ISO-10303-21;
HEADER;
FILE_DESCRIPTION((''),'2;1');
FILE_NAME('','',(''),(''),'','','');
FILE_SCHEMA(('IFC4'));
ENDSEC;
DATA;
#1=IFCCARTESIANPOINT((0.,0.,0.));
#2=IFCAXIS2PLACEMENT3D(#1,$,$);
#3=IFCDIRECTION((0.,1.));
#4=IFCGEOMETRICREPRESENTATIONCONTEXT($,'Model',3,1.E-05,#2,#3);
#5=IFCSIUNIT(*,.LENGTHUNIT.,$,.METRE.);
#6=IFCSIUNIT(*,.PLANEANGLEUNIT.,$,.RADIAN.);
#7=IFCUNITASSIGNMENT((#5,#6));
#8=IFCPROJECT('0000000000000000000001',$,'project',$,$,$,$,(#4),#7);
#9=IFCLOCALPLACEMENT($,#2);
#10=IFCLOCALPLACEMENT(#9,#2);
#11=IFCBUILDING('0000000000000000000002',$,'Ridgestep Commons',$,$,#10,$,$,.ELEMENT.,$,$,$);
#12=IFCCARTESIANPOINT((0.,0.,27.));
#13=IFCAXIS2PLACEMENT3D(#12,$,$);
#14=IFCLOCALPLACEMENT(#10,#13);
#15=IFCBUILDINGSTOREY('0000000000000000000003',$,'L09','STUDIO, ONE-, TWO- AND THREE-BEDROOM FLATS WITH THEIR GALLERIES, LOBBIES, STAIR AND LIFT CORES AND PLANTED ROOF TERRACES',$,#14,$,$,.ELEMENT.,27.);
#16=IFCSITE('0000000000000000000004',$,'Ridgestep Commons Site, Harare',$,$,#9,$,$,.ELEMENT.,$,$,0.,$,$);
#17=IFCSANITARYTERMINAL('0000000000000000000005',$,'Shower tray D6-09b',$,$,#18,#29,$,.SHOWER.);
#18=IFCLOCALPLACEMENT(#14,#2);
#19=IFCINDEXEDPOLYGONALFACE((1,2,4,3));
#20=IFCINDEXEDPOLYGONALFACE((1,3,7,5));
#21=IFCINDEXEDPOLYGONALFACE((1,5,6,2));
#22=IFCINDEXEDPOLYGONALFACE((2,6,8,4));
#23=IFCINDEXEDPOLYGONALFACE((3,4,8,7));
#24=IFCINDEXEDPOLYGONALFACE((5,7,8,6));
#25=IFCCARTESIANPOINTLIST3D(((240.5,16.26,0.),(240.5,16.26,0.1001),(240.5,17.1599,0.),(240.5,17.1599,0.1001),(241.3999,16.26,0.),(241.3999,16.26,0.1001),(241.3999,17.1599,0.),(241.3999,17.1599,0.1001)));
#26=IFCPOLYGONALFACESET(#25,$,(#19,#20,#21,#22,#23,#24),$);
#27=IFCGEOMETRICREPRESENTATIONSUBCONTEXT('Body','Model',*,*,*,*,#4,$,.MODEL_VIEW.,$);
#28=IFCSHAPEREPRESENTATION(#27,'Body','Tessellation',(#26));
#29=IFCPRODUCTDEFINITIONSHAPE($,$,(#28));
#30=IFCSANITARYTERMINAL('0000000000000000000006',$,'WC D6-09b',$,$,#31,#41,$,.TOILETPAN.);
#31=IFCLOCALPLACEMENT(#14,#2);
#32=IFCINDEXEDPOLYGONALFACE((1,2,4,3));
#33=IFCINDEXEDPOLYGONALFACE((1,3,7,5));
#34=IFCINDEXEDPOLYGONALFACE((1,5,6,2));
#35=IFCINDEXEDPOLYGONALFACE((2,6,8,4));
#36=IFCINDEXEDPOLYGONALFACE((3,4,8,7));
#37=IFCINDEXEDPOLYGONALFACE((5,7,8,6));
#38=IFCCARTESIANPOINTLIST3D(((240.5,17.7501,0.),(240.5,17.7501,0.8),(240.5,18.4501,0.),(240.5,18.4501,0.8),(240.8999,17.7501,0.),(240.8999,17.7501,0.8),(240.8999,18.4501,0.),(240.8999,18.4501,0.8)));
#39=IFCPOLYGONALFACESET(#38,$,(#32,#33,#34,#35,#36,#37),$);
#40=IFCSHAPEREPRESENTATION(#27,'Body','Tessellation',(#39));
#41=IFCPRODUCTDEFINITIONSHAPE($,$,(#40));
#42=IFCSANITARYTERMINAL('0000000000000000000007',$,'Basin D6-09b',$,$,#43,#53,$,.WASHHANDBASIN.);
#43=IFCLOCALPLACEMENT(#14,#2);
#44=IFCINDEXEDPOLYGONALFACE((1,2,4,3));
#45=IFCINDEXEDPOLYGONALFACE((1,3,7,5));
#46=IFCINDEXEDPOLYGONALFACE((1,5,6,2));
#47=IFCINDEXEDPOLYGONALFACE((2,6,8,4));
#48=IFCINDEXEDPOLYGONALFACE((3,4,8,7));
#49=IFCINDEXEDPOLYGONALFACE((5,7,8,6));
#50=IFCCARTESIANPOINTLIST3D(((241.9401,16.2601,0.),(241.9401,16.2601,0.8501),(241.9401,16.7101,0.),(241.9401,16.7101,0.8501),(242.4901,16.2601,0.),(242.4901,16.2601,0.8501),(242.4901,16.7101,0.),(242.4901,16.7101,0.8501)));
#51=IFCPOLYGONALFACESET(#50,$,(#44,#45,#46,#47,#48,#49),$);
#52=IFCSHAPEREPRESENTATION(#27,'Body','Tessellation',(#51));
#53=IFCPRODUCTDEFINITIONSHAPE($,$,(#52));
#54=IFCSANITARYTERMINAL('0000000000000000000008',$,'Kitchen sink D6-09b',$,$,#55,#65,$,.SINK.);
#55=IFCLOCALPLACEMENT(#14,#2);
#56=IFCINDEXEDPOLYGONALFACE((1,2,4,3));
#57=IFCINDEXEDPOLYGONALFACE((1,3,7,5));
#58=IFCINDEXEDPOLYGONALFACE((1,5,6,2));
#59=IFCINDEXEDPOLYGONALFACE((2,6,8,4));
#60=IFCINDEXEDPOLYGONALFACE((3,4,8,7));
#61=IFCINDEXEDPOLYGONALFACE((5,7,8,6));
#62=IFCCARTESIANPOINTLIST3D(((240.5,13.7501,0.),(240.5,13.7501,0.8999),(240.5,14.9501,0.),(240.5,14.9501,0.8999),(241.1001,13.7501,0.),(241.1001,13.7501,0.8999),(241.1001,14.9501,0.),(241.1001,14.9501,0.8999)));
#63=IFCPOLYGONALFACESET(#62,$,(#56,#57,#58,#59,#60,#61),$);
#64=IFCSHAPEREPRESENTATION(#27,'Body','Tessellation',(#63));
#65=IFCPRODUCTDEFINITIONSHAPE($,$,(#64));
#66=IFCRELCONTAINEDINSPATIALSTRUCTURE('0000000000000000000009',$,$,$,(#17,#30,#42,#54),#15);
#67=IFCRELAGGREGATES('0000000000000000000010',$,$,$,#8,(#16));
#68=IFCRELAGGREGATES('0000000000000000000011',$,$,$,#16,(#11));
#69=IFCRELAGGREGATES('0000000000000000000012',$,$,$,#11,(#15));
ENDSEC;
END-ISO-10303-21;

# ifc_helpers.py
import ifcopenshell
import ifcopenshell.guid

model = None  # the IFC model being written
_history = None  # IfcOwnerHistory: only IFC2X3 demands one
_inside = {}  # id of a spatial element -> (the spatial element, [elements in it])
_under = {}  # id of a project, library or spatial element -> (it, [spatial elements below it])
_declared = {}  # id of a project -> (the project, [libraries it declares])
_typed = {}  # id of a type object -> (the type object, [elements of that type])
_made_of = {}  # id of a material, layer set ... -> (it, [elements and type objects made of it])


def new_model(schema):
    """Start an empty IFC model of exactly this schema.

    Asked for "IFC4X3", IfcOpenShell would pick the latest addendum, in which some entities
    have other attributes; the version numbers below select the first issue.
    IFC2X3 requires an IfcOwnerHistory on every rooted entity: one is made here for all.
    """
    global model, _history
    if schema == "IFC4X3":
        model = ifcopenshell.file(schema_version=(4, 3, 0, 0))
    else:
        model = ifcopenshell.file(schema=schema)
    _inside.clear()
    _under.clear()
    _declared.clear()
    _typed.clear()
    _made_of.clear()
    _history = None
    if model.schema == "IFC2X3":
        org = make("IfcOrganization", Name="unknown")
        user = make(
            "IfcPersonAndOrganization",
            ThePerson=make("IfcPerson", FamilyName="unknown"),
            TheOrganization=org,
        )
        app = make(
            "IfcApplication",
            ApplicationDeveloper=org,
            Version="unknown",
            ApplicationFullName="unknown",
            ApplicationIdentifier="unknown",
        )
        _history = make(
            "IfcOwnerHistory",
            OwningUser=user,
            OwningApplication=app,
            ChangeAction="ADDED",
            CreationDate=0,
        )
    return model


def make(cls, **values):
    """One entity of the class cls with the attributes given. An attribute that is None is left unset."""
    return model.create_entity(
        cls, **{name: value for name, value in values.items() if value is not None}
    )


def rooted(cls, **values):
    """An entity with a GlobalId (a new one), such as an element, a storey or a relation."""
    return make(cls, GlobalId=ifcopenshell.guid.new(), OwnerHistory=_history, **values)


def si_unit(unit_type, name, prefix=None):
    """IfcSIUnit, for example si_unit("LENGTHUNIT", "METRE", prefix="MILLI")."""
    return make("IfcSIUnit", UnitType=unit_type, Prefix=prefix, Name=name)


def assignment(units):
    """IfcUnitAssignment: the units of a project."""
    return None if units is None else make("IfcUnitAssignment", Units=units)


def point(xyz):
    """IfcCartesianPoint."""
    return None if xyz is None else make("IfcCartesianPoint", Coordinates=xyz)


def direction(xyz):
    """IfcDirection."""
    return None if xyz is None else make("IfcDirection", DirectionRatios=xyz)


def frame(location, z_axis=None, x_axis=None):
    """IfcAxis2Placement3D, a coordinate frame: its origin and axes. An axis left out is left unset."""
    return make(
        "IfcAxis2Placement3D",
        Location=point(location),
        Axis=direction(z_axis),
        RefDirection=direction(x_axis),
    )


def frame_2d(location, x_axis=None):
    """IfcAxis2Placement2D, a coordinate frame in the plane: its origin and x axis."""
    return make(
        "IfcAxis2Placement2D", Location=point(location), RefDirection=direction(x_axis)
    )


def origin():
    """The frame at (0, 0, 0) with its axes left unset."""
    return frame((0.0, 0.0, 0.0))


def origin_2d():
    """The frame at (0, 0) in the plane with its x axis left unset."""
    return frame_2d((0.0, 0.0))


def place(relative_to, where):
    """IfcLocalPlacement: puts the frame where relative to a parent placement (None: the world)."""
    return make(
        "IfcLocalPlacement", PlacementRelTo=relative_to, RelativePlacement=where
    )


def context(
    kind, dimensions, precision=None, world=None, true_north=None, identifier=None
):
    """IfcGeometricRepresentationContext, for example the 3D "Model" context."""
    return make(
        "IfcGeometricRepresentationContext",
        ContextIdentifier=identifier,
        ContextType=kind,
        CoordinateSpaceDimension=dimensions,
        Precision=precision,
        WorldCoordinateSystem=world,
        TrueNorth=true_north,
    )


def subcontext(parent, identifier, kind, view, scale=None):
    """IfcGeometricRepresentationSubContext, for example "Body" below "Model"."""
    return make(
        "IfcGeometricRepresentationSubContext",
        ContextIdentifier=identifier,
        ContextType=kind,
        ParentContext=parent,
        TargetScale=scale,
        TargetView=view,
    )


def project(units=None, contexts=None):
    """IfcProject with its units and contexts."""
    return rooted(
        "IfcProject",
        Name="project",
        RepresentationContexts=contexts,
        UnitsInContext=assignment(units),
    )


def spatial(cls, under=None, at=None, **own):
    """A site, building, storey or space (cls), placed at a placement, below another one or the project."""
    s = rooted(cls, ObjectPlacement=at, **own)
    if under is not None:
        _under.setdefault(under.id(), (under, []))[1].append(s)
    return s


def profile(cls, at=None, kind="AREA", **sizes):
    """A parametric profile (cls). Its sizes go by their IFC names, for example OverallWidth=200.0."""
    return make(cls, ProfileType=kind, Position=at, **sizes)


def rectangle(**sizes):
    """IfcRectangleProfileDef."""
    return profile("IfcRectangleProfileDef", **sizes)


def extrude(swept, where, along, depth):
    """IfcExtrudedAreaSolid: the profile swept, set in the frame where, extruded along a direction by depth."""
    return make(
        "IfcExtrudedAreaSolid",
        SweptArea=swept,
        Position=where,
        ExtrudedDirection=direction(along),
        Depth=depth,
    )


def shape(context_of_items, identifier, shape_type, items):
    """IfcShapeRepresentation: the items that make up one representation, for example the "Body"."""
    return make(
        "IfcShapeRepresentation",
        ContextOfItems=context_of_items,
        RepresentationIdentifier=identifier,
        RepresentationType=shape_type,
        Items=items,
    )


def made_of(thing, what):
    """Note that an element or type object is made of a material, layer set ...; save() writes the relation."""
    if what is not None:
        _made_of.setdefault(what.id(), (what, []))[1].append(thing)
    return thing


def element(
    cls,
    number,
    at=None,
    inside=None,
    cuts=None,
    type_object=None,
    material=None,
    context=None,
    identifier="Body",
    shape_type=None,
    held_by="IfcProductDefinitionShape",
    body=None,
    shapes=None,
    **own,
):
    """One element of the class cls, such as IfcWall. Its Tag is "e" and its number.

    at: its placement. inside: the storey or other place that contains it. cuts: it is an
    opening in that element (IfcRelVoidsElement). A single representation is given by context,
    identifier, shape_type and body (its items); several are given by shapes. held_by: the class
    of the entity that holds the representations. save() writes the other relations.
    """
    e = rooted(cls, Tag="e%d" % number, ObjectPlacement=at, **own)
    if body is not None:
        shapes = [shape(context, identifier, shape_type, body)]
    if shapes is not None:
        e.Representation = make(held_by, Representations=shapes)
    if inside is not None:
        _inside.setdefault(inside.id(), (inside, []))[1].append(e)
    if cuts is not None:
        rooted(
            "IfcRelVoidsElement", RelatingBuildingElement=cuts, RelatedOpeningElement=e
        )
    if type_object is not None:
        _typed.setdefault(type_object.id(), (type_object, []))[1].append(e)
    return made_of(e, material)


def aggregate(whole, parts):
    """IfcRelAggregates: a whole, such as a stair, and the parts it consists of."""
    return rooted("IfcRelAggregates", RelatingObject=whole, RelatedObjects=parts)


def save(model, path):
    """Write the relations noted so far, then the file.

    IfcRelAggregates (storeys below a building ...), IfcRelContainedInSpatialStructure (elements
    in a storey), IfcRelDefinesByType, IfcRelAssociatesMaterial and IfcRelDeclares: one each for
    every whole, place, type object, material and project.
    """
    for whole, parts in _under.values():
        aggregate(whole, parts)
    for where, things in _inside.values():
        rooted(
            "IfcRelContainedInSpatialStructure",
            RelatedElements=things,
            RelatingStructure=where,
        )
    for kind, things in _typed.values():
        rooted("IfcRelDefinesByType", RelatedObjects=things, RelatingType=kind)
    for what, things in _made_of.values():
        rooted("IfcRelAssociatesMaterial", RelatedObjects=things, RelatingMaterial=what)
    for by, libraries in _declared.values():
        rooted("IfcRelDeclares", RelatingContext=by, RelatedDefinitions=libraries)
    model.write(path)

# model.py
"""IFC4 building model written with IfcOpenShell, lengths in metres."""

from ifc_helpers import new_model, si_unit, direction, frame, origin, origin_2d, place, context, subcontext, project, spatial, rectangle, extrude, element, save


model = new_model("IFC4")

# Units and contexts
model_context = context("Model", 3, precision=1e-05, world=origin(), true_north=direction((0.0, 1.0)))
body_context = subcontext(model_context, "Body", "Model", "MODEL_VIEW")
ifc_project = project(units=[si_unit("LENGTHUNIT", "METRE"), si_unit("PLANEANGLEUNIT", "RADIAN")], contexts=[model_context])

# Site, building, storey
site_placement = place(None, origin())
site = spatial("IfcSite", under=ifc_project, at=site_placement, Name="Ridgestep Commons Site, Harare", CompositionType="ELEMENT", RefElevation=0.0)
building_placement = place(site_placement, origin())
building = spatial("IfcBuilding", under=site, at=building_placement, Name="Ridgestep Commons", CompositionType="ELEMENT")
storey_placement = place(building_placement, frame((0.0, 0.0, 27.0)))
storey = spatial("IfcBuildingStorey", under=building, at=storey_placement, Name="L09", Description="STUDIO, ONE-, TWO- AND THREE-BEDROOM FLATS WITH THEIR GALLERIES, LOBBIES, STAIR AND LIFT CORES AND PLANTED ROOF TERRACES", CompositionType="ELEMENT", Elevation=27.0)

# Sanitary terminals
sanitary_terminal_1_placement = place(storey_placement, frame((240.95, 16.71, 0.0), z_axis=(0.0, 0.0, 1.0), x_axis=(1.0, 0.0, 0.0)))
element("IfcSanitaryTerminal", 1, at=sanitary_terminal_1_placement, inside=storey, Name="Shower tray D6-09b", PredefinedType="SHOWER", context=body_context, shape_type="SweptSolid", body=[
    extrude(rectangle(XDim=0.8999, YDim=0.8999, at=origin_2d()), origin(), (0.0, 0.0, 1.0), 0.1001),
])
sanitary_terminal_2_placement = place(storey_placement, frame((240.7, 18.1001, 0.0), z_axis=(0.0, 0.0, 1.0), x_axis=(1.0, 0.0, 0.0)))
element("IfcSanitaryTerminal", 2, at=sanitary_terminal_2_placement, inside=storey, Name="WC D6-09b", PredefinedType="TOILETPAN", context=body_context, shape_type="SweptSolid", body=[
    extrude(rectangle(XDim=0.3999, YDim=0.7, at=origin_2d()), origin(), (0.0, 0.0, 1.0), 0.8),
])
sanitary_terminal_3_placement = place(storey_placement, frame((242.2151, 16.4851, 0.0), z_axis=(0.0, 0.0, 1.0), x_axis=(1.0, 0.0, 0.0)))
element("IfcSanitaryTerminal", 3, at=sanitary_terminal_3_placement, inside=storey, Name="Basin D6-09b", PredefinedType="WASHHANDBASIN", context=body_context, shape_type="SweptSolid", body=[
    extrude(rectangle(XDim=0.55, YDim=0.45, at=origin_2d()), origin(), (0.0, 0.0, 1.0), 0.8501),
])
sanitary_terminal_4_placement = place(storey_placement, frame((240.8, 14.3501, 0.0), z_axis=(0.0, 0.0, 1.0), x_axis=(1.0, 0.0, 0.0)))
element("IfcSanitaryTerminal", 4, at=sanitary_terminal_4_placement, inside=storey, Name="Kitchen sink D6-09b", PredefinedType="SINK", context=body_context, shape_type="SweptSolid", body=[
    extrude(rectangle(XDim=0.6001, YDim=1.2, at=origin_2d()), origin(), (0.0, 0.0, 1.0), 0.8999),
])

save(model, "model.ifc")
